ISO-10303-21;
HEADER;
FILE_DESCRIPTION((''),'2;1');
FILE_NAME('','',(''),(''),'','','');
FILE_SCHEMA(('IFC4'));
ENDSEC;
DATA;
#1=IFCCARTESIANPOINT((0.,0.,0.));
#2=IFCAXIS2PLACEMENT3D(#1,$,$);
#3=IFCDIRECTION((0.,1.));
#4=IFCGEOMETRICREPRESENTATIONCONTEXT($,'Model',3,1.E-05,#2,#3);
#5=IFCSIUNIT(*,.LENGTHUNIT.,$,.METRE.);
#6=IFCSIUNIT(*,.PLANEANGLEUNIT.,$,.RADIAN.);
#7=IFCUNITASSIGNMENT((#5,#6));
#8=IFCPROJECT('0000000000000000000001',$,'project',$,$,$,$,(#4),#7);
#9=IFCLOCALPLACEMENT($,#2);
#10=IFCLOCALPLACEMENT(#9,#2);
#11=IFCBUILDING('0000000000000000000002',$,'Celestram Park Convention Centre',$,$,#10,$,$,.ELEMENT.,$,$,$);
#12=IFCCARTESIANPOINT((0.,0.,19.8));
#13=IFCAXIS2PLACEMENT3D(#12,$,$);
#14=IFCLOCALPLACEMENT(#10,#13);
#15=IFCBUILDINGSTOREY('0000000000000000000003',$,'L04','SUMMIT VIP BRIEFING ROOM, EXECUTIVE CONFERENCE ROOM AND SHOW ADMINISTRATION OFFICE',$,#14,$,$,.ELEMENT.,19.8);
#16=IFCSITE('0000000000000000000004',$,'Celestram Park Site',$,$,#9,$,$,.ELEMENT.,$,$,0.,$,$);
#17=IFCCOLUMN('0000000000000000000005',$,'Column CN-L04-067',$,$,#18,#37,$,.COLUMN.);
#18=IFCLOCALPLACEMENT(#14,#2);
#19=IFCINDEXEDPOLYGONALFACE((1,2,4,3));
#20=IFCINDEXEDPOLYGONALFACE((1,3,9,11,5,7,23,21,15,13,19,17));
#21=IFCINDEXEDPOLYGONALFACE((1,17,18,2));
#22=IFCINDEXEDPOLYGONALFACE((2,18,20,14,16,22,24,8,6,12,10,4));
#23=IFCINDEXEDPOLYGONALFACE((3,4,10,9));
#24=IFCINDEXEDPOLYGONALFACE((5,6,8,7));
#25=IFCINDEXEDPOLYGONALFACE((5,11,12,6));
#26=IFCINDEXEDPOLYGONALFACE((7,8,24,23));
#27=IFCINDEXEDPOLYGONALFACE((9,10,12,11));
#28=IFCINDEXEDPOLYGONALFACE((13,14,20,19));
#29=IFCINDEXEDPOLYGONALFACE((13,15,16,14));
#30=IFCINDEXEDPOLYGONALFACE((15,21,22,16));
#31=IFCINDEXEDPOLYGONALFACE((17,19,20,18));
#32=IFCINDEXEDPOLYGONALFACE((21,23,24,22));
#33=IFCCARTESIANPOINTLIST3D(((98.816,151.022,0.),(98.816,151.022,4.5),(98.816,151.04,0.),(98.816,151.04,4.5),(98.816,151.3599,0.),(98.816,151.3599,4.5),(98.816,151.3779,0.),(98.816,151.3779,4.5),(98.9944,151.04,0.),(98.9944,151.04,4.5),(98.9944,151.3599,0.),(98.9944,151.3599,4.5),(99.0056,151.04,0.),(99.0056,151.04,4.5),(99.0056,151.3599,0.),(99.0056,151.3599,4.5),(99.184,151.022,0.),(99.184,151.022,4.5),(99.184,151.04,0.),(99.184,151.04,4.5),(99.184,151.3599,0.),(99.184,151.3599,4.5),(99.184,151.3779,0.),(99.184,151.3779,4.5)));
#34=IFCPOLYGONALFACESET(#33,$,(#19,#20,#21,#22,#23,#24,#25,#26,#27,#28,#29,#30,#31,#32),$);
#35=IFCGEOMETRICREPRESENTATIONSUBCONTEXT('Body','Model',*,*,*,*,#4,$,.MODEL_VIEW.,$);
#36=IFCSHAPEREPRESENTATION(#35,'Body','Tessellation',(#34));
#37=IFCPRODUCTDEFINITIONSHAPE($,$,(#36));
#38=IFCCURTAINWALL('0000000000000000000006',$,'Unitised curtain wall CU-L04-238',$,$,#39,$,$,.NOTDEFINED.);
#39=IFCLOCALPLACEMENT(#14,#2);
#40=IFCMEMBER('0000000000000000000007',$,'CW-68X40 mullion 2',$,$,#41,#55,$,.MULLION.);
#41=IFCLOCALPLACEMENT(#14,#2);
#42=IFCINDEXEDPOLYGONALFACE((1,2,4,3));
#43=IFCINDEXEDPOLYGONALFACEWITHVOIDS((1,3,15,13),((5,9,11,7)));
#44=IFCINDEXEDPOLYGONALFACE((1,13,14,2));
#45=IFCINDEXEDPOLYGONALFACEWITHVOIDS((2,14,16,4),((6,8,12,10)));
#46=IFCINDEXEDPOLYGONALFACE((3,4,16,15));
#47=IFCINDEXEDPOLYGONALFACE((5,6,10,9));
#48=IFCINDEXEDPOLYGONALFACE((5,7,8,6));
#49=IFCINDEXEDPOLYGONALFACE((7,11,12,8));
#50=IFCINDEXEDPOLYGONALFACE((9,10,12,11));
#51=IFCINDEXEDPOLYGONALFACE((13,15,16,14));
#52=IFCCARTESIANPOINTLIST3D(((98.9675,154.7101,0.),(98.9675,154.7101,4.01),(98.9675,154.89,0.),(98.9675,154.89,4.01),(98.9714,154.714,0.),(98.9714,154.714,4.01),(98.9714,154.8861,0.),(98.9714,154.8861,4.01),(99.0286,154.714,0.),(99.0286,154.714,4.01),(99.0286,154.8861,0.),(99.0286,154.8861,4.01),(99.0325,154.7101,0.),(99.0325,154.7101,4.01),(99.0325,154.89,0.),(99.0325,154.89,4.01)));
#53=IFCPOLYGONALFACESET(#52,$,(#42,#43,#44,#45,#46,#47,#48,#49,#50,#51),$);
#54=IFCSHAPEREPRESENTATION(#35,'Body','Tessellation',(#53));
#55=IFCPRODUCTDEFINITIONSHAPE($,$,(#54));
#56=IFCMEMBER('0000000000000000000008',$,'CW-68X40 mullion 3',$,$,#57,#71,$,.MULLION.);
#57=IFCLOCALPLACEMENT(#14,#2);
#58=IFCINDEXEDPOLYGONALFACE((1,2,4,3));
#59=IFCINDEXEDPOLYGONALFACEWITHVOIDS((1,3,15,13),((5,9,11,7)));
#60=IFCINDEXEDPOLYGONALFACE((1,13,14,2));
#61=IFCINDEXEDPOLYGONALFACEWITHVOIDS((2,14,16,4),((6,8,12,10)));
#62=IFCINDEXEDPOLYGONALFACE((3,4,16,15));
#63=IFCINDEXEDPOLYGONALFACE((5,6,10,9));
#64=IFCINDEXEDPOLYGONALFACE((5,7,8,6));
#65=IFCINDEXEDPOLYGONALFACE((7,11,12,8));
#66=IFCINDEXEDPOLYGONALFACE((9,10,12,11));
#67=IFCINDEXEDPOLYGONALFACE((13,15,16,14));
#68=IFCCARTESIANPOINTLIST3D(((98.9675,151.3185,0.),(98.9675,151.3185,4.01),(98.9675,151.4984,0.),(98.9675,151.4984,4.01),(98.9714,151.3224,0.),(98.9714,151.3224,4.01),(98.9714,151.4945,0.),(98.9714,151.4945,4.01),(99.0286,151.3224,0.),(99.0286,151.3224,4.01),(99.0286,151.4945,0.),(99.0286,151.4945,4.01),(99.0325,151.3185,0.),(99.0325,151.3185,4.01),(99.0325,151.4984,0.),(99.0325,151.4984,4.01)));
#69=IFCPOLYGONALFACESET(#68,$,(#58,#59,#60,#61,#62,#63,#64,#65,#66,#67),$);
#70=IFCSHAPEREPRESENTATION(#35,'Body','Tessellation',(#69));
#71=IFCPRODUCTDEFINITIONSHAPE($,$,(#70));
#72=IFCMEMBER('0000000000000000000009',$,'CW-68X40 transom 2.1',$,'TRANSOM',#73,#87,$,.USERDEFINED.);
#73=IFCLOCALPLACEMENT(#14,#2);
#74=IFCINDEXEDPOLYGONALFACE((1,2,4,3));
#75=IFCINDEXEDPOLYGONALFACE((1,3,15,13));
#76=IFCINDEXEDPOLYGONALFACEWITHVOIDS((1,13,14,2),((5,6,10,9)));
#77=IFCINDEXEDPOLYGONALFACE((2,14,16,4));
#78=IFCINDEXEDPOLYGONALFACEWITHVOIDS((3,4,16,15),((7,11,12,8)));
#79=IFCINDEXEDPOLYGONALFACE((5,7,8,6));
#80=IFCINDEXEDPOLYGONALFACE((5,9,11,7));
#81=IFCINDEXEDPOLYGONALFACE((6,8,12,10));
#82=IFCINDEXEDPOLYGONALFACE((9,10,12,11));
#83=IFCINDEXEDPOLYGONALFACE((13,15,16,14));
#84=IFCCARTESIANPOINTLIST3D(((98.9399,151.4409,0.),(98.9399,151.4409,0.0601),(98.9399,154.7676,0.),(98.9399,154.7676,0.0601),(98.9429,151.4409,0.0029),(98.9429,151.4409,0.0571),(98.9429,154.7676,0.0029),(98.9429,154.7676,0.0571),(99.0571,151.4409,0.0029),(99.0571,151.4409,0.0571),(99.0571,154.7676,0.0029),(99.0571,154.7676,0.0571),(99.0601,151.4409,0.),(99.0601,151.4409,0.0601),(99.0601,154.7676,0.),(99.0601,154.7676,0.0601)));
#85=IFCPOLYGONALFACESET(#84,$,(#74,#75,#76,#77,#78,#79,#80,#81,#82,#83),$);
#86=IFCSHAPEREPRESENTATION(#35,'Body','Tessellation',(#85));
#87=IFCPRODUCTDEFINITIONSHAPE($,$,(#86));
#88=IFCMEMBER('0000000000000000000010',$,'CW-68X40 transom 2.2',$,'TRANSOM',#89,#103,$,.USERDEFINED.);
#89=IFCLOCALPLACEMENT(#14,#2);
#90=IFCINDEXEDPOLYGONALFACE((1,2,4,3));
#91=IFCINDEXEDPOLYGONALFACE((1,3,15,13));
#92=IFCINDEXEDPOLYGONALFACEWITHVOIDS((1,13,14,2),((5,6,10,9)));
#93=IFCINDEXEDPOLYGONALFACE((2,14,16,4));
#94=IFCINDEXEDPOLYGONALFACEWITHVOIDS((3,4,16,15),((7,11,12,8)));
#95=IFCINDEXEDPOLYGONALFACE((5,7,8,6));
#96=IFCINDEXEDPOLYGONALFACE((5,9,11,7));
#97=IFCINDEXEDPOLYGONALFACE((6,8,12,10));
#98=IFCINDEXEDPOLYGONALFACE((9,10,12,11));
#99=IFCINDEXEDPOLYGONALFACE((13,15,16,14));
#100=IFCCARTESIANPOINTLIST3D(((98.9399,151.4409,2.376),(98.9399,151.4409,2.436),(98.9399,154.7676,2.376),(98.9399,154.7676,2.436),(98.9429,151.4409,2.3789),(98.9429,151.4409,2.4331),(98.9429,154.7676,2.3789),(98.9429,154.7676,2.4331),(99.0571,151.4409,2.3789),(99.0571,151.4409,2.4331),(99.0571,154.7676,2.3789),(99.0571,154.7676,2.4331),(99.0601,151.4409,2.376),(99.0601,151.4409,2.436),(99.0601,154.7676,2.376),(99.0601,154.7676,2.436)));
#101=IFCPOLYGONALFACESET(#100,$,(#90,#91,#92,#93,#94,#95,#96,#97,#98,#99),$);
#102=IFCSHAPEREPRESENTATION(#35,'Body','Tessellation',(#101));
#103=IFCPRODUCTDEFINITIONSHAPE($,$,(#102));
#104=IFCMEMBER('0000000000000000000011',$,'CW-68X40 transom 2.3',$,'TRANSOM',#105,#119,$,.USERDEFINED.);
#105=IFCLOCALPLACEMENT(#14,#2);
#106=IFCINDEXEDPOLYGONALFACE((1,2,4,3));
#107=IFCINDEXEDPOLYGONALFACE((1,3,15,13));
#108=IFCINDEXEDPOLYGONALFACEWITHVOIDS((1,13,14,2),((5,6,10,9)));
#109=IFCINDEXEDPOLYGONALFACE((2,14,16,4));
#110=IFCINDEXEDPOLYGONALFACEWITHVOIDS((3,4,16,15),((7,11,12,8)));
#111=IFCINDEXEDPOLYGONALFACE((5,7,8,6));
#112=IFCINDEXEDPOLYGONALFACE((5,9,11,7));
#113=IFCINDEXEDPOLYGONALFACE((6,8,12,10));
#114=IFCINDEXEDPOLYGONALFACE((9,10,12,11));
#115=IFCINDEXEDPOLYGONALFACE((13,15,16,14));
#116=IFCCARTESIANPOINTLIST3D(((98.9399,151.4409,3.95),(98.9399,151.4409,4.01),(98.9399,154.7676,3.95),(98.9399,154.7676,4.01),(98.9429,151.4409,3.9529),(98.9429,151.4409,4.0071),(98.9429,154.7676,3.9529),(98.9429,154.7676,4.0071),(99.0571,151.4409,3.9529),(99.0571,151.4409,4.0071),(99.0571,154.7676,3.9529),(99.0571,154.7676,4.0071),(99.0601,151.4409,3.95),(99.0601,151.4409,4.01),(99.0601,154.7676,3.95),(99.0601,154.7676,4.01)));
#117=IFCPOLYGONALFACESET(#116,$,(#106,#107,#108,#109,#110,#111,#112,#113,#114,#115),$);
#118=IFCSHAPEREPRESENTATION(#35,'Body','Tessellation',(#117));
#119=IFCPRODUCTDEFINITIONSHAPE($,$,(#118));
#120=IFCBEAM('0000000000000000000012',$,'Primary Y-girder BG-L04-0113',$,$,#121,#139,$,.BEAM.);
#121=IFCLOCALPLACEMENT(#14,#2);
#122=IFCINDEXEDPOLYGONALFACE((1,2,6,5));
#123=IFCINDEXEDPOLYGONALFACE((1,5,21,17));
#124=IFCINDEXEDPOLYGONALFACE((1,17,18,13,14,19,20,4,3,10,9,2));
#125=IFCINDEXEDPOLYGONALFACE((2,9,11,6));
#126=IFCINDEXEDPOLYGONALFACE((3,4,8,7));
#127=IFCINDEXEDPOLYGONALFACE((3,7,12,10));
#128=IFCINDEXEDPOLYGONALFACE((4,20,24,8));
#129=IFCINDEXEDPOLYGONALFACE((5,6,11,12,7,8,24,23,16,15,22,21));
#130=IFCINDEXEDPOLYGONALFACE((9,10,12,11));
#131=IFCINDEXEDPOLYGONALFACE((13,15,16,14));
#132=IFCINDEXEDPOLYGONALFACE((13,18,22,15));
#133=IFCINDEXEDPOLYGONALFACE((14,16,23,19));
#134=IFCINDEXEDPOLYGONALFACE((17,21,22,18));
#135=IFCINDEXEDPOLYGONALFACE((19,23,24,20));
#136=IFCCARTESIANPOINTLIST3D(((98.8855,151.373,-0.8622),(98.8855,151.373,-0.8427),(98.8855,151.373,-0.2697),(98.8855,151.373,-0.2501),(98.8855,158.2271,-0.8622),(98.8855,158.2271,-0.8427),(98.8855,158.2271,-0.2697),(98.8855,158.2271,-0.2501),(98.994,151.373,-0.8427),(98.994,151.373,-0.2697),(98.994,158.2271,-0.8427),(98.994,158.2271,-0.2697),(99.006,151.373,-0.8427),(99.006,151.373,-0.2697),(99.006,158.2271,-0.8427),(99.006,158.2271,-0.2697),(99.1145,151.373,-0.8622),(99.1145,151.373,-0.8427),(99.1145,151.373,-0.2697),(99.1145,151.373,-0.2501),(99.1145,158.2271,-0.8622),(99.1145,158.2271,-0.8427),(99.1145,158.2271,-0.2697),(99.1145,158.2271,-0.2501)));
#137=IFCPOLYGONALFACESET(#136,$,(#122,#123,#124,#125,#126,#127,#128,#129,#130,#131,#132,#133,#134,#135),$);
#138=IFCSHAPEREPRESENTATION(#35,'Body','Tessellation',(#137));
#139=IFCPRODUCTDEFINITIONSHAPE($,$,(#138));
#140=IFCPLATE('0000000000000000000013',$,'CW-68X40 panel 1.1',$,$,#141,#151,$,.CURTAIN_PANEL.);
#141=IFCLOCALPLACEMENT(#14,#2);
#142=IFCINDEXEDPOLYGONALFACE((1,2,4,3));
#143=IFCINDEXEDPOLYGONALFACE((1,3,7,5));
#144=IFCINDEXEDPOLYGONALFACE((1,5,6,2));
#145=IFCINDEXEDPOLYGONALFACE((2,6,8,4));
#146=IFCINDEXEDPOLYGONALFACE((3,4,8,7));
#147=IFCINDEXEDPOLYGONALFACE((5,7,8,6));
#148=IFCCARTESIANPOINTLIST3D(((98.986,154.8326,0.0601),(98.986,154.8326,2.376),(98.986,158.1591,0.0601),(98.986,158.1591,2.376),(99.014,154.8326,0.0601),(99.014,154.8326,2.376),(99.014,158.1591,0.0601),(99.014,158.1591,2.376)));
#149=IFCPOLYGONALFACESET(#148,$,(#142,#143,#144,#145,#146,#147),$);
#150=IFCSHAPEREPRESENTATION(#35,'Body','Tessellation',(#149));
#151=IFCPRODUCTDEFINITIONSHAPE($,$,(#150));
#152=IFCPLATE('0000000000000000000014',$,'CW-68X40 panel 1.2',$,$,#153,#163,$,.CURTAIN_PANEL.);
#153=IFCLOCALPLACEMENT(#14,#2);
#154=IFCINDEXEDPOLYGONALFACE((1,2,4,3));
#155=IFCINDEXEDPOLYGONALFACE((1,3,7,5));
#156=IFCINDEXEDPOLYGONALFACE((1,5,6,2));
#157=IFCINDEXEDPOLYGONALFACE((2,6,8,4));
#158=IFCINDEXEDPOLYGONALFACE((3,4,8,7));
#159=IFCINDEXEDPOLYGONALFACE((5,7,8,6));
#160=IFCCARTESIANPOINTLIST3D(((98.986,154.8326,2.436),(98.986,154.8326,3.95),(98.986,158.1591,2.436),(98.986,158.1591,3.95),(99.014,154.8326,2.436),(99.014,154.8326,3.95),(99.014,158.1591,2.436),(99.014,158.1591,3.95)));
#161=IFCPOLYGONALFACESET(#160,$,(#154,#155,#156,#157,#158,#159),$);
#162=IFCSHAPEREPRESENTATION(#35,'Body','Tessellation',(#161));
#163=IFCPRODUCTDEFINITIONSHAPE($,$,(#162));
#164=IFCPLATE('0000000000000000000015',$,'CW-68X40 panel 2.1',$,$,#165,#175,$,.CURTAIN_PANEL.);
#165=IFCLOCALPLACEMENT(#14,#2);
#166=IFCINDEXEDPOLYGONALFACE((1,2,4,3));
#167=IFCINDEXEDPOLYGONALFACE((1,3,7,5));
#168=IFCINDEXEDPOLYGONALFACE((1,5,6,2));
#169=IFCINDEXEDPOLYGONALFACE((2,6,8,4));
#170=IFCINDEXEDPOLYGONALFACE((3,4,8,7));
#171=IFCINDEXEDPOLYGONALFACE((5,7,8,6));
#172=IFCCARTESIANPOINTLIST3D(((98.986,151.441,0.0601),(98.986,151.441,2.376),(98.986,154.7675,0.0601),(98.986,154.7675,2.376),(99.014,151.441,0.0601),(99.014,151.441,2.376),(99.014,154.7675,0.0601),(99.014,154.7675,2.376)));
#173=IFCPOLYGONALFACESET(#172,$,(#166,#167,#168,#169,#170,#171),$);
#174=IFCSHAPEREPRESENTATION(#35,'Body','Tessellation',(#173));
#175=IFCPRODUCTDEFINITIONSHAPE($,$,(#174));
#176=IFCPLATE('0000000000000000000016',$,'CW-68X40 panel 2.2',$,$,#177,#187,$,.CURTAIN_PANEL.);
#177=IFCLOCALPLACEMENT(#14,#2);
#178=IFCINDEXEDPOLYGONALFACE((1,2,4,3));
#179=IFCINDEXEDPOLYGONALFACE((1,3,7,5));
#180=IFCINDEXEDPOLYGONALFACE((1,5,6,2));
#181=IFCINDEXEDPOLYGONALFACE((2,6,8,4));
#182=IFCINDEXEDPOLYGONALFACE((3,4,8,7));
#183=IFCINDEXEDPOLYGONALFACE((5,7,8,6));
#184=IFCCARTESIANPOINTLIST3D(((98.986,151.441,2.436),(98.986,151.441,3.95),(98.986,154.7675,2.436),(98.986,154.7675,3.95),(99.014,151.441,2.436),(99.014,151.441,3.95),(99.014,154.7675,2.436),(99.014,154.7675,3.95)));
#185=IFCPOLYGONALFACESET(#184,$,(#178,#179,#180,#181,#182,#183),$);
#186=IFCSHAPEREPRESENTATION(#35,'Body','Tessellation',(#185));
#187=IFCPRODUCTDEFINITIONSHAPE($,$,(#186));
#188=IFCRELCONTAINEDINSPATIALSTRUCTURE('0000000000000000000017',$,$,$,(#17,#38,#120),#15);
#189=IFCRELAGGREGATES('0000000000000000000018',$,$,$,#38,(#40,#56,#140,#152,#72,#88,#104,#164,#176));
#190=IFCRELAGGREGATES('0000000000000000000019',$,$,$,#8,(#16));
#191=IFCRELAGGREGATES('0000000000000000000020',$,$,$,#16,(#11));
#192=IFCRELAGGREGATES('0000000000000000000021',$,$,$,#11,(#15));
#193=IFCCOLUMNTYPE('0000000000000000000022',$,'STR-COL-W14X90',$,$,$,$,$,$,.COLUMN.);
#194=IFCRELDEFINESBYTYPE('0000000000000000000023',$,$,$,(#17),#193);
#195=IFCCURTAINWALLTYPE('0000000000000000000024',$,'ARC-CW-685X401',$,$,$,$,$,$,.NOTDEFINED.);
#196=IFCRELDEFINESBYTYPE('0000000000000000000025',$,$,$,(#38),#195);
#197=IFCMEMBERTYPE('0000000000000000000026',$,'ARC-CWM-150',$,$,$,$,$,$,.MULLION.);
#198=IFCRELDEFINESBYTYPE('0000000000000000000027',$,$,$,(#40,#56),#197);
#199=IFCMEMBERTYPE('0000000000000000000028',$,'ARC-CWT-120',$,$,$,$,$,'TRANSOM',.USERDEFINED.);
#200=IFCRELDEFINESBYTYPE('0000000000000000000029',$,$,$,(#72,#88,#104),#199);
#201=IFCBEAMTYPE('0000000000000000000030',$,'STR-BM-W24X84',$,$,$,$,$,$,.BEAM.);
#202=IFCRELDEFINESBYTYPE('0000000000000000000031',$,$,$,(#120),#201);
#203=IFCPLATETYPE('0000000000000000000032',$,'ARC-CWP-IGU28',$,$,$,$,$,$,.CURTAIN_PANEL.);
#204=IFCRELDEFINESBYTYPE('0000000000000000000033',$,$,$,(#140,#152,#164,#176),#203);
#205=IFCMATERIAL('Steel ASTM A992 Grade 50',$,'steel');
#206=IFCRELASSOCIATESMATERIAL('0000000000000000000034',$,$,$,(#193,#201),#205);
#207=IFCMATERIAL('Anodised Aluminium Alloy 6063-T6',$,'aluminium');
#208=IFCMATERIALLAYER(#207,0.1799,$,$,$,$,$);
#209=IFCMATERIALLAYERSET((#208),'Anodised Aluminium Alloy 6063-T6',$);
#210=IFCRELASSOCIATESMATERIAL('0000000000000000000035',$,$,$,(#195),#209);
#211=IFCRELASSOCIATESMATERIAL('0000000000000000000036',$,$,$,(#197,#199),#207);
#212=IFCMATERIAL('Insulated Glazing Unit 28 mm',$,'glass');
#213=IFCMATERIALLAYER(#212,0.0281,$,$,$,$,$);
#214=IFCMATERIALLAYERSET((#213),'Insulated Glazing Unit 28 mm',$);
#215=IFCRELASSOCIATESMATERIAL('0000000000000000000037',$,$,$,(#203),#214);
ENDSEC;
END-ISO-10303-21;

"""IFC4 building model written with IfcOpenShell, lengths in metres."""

from ifc_helpers import new_model, si_unit, direction, frame, origin, origin_2d, place, context, subcontext, project, spatial, rectangle, hollow_rectangle, i_section, extrude, material, layer, layer_set, material_profile, profile_set, type_object, element, aggregate, save


model = new_model("IFC4")

# Units and contexts
model_context = context("Model", 3, precision=1e-05, world=origin(), true_north=direction((0.0, 1.0)))
body_context = subcontext(model_context, "Body", "Model", "MODEL_VIEW")
ifc_project = project(units=[si_unit("LENGTHUNIT", "METRE"), si_unit("PLANEANGLEUNIT", "RADIAN")], contexts=[model_context])

# Site, building, storey
site_placement = place(None, origin())
site = spatial("IfcSite", under=ifc_project, at=site_placement, Name="Celestram Park Site", CompositionType="ELEMENT", RefElevation=0.0)
building_placement = place(site_placement, origin())
building = spatial("IfcBuilding", under=site, at=building_placement, Name="Celestram Park Convention Centre", CompositionType="ELEMENT")
storey_placement = place(building_placement, frame((0.0, 0.0, 19.8)))
storey = spatial("IfcBuildingStorey", under=building, at=storey_placement, Name="L04", Description="SUMMIT VIP BRIEFING ROOM, EXECUTIVE CONFERENCE ROOM AND SHOW ADMINISTRATION OFFICE", CompositionType="ELEMENT", Elevation=19.8)

# Column
ifc_material_1 = material(Name="Steel ASTM A992 Grade 50", Category="steel")
ifc_material_profile_1 = material_profile(ifc_material_1, i_section(OverallWidth=0.3679, OverallDepth=0.356, WebThickness=0.0112, FlangeThickness=0.0181, at=origin_2d()), Name="W14X90")
ifc_profile_set_1 = profile_set([ifc_material_profile_1], Name="Steel ASTM A992 Grade 50")
column_type = type_object("IfcColumnType", Name="STR-COL-W14X90", PredefinedType="COLUMN", material=ifc_profile_set_1)
column_placement = place(storey_placement, frame((99.0, 151.2, 0.0), z_axis=(0.0, 0.0, 1.0), x_axis=(1.0, 0.0, 0.0)))
element("IfcColumn", 1, at=column_placement, inside=storey, type_object=column_type, Name="Column CN-L04-067", PredefinedType="COLUMN", context=body_context, shape_type="SweptSolid", body=[
    extrude(i_section(OverallWidth=0.3679, OverallDepth=0.356, WebThickness=0.0112, FlangeThickness=0.0181, at=origin_2d()), origin(), (0.0, 0.0, 1.0), 4.5),
])

# Curtain wall, members
ifc_material_2 = material(Name="Anodised Aluminium Alloy 6063-T6", Category="aluminium")
ifc_layer_1 = layer(ifc_material_2, 0.1799)
ifc_layer_set_1 = layer_set([ifc_layer_1], Name="Anodised Aluminium Alloy 6063-T6")
curtain_wall_type = type_object("IfcCurtainWallType", Name="ARC-CW-685X401", PredefinedType="NOTDEFINED", material=ifc_layer_set_1)
curtain_wall_placement = place(storey_placement, origin())
curtain_wall = element("IfcCurtainWall", 2, at=curtain_wall_placement, inside=storey, type_object=curtain_wall_type, Name="Unitised curtain wall CU-L04-238", PredefinedType="NOTDEFINED")
ifc_material_profile_2 = material_profile(ifc_material_2, hollow_rectangle(XDim=0.0649, YDim=0.1799, WallThickness=0.0039, at=origin_2d()), Name="ALU65X180X4")
ifc_profile_set_2 = profile_set([ifc_material_profile_2], Name="Anodised Aluminium Alloy 6063-T6")
member_type_1 = type_object("IfcMemberType", Name="ARC-CWM-150", PredefinedType="MULLION", material=ifc_profile_set_2)
member_1_placement = place(storey_placement, frame((99.0, 154.8, 0.0), z_axis=(0.0, 0.0, 1.0), x_axis=(1.0, 0.0, 0.0)))
member_1 = element("IfcMember", 3, at=member_1_placement, type_object=member_type_1, Name="CW-68X40 mullion 2", PredefinedType="MULLION", context=body_context, shape_type="SweptSolid", body=[
    extrude(hollow_rectangle(XDim=0.0649, YDim=0.1799, WallThickness=0.0039, at=origin_2d()), origin(), (0.0, 0.0, 1.0), 4.01),
])
member_2_placement = place(storey_placement, frame((99.0, 151.4084, 0.0), z_axis=(0.0, 0.0, 1.0), x_axis=(1.0, 0.0, 0.0)))
member_2 = element("IfcMember", 4, at=member_2_placement, type_object=member_type_1, Name="CW-68X40 mullion 3", PredefinedType="MULLION", context=body_context, shape_type="SweptSolid", body=[
    extrude(hollow_rectangle(XDim=0.0649, YDim=0.1799, WallThickness=0.0039, at=origin_2d()), origin(), (0.0, 0.0, 1.0), 4.01),
])
ifc_material_profile_3 = material_profile(ifc_material_2, hollow_rectangle(XDim=0.1201, YDim=0.0601, WallThickness=0.0029, at=origin_2d()), Name="ALU120X60X3")
ifc_profile_set_3 = profile_set([ifc_material_profile_3], Name="Anodised Aluminium Alloy 6063-T6")
member_type_2 = type_object("IfcMemberType", Name="ARC-CWT-120", ElementType="TRANSOM", PredefinedType="USERDEFINED", material=ifc_profile_set_3)
member_3_placement = place(storey_placement, frame((99.0, 154.7676, 0.03), z_axis=(0.0, -1.0, 0.0), x_axis=(1.0, 0.0, 0.0)))
member_3 = element("IfcMember", 5, at=member_3_placement, type_object=member_type_2, Name="CW-68X40 transom 2.1", ObjectType="TRANSOM", PredefinedType="USERDEFINED", context=body_context, shape_type="SweptSolid", body=[
    extrude(hollow_rectangle(XDim=0.1201, YDim=0.0601, WallThickness=0.0029, at=origin_2d()), origin(), (0.0, 0.0, 1.0), 3.3267),
])
member_4_placement = place(storey_placement, frame((99.0, 154.7676, 2.406), z_axis=(0.0, -1.0, 0.0), x_axis=(1.0, 0.0, 0.0)))
member_4 = element("IfcMember", 6, at=member_4_placement, type_object=member_type_2, Name="CW-68X40 transom 2.2", ObjectType="TRANSOM", PredefinedType="USERDEFINED", context=body_context, shape_type="SweptSolid", body=[
    extrude(hollow_rectangle(XDim=0.1201, YDim=0.0601, WallThickness=0.0029, at=origin_2d()), origin(), (0.0, 0.0, 1.0), 3.3267),
])
member_5_placement = place(storey_placement, frame((99.0, 154.7676, 3.98), z_axis=(0.0, -1.0, 0.0), x_axis=(1.0, 0.0, 0.0)))
member_5 = element("IfcMember", 7, at=member_5_placement, type_object=member_type_2, Name="CW-68X40 transom 2.3", ObjectType="TRANSOM", PredefinedType="USERDEFINED", context=body_context, shape_type="SweptSolid", body=[
    extrude(hollow_rectangle(XDim=0.1201, YDim=0.0601, WallThickness=0.0029, at=origin_2d()), origin(), (0.0, 0.0, 1.0), 3.3267),
])

# Beam
ifc_material_profile_4 = material_profile(ifc_material_1, i_section(OverallWidth=0.229, OverallDepth=0.6121, WebThickness=0.012, FlangeThickness=0.0195, at=origin_2d()), Name="W24X84")
ifc_profile_set_4 = profile_set([ifc_material_profile_4], Name="Steel ASTM A992 Grade 50")
beam_type = type_object("IfcBeamType", Name="STR-BM-W24X84", PredefinedType="BEAM", material=ifc_profile_set_4)
beam_placement = place(storey_placement, frame((99.0, 151.373, -0.5562), z_axis=(0.0, 1.0, 0.0), x_axis=(-1.0, 0.0, 0.0)))
element("IfcBeam", 8, at=beam_placement, inside=storey, type_object=beam_type, Name="Primary Y-girder BG-L04-0113", PredefinedType="BEAM", context=body_context, shape_type="SweptSolid", body=[
    extrude(i_section(OverallWidth=0.229, OverallDepth=0.6121, WebThickness=0.012, FlangeThickness=0.0195, at=origin_2d()), origin(), (0.0, 0.0, 1.0), 6.854),
])

# Plates
ifc_material_3 = material(Name="Insulated Glazing Unit 28 mm", Category="glass")
ifc_layer_2 = layer(ifc_material_3, 0.0281)
ifc_layer_set_2 = layer_set([ifc_layer_2], Name="Insulated Glazing Unit 28 mm")
plate_type = type_object("IfcPlateType", Name="ARC-CWP-IGU28", PredefinedType="CURTAIN_PANEL", material=ifc_layer_set_2)
plate_1_placement = place(storey_placement, frame((99.0, 156.4958, 0.0601), z_axis=(0.0, 0.0, 1.0), x_axis=(0.0, -1.0, 0.0)))
plate_1 = element("IfcPlate", 9, at=plate_1_placement, type_object=plate_type, Name="CW-68X40 panel 1.1", PredefinedType="CURTAIN_PANEL", context=body_context, shape_type="SweptSolid", body=[
    extrude(rectangle(XDim=3.3264, YDim=0.0281, at=origin_2d()), origin(), (0.0, 0.0, 1.0), 2.3159),
])
plate_2_placement = place(storey_placement, frame((99.0, 156.4958, 2.436), z_axis=(0.0, 0.0, 1.0), x_axis=(0.0, -1.0, 0.0)))
plate_2 = element("IfcPlate", 10, at=plate_2_placement, type_object=plate_type, Name="CW-68X40 panel 1.2", PredefinedType="CURTAIN_PANEL", context=body_context, shape_type="SweptSolid", body=[
    extrude(rectangle(XDim=3.3264, YDim=0.0281, at=origin_2d()), origin(), (0.0, 0.0, 1.0), 1.5139),
])
plate_3_placement = place(storey_placement, frame((99.0, 153.1042, 0.0601), z_axis=(0.0, 0.0, 1.0), x_axis=(0.0, -1.0, 0.0)))
plate_3 = element("IfcPlate", 11, at=plate_3_placement, type_object=plate_type, Name="CW-68X40 panel 2.1", PredefinedType="CURTAIN_PANEL", context=body_context, shape_type="SweptSolid", body=[
    extrude(rectangle(XDim=3.3264, YDim=0.0281, at=origin_2d()), origin(), (0.0, 0.0, 1.0), 2.3159),
])
plate_4_placement = place(storey_placement, frame((99.0, 153.1042, 2.436), z_axis=(0.0, 0.0, 1.0), x_axis=(0.0, -1.0, 0.0)))
plate_4 = element("IfcPlate", 12, at=plate_4_placement, type_object=plate_type, Name="CW-68X40 panel 2.2", PredefinedType="CURTAIN_PANEL", context=body_context, shape_type="SweptSolid", body=[
    extrude(rectangle(XDim=3.3264, YDim=0.0281, at=origin_2d()), origin(), (0.0, 0.0, 1.0), 1.5139),
])
aggregate(curtain_wall, [member_1, member_2, plate_1, plate_2, member_3, member_4, member_5, plate_3, plate_4])

save(model, "model.ifc")
